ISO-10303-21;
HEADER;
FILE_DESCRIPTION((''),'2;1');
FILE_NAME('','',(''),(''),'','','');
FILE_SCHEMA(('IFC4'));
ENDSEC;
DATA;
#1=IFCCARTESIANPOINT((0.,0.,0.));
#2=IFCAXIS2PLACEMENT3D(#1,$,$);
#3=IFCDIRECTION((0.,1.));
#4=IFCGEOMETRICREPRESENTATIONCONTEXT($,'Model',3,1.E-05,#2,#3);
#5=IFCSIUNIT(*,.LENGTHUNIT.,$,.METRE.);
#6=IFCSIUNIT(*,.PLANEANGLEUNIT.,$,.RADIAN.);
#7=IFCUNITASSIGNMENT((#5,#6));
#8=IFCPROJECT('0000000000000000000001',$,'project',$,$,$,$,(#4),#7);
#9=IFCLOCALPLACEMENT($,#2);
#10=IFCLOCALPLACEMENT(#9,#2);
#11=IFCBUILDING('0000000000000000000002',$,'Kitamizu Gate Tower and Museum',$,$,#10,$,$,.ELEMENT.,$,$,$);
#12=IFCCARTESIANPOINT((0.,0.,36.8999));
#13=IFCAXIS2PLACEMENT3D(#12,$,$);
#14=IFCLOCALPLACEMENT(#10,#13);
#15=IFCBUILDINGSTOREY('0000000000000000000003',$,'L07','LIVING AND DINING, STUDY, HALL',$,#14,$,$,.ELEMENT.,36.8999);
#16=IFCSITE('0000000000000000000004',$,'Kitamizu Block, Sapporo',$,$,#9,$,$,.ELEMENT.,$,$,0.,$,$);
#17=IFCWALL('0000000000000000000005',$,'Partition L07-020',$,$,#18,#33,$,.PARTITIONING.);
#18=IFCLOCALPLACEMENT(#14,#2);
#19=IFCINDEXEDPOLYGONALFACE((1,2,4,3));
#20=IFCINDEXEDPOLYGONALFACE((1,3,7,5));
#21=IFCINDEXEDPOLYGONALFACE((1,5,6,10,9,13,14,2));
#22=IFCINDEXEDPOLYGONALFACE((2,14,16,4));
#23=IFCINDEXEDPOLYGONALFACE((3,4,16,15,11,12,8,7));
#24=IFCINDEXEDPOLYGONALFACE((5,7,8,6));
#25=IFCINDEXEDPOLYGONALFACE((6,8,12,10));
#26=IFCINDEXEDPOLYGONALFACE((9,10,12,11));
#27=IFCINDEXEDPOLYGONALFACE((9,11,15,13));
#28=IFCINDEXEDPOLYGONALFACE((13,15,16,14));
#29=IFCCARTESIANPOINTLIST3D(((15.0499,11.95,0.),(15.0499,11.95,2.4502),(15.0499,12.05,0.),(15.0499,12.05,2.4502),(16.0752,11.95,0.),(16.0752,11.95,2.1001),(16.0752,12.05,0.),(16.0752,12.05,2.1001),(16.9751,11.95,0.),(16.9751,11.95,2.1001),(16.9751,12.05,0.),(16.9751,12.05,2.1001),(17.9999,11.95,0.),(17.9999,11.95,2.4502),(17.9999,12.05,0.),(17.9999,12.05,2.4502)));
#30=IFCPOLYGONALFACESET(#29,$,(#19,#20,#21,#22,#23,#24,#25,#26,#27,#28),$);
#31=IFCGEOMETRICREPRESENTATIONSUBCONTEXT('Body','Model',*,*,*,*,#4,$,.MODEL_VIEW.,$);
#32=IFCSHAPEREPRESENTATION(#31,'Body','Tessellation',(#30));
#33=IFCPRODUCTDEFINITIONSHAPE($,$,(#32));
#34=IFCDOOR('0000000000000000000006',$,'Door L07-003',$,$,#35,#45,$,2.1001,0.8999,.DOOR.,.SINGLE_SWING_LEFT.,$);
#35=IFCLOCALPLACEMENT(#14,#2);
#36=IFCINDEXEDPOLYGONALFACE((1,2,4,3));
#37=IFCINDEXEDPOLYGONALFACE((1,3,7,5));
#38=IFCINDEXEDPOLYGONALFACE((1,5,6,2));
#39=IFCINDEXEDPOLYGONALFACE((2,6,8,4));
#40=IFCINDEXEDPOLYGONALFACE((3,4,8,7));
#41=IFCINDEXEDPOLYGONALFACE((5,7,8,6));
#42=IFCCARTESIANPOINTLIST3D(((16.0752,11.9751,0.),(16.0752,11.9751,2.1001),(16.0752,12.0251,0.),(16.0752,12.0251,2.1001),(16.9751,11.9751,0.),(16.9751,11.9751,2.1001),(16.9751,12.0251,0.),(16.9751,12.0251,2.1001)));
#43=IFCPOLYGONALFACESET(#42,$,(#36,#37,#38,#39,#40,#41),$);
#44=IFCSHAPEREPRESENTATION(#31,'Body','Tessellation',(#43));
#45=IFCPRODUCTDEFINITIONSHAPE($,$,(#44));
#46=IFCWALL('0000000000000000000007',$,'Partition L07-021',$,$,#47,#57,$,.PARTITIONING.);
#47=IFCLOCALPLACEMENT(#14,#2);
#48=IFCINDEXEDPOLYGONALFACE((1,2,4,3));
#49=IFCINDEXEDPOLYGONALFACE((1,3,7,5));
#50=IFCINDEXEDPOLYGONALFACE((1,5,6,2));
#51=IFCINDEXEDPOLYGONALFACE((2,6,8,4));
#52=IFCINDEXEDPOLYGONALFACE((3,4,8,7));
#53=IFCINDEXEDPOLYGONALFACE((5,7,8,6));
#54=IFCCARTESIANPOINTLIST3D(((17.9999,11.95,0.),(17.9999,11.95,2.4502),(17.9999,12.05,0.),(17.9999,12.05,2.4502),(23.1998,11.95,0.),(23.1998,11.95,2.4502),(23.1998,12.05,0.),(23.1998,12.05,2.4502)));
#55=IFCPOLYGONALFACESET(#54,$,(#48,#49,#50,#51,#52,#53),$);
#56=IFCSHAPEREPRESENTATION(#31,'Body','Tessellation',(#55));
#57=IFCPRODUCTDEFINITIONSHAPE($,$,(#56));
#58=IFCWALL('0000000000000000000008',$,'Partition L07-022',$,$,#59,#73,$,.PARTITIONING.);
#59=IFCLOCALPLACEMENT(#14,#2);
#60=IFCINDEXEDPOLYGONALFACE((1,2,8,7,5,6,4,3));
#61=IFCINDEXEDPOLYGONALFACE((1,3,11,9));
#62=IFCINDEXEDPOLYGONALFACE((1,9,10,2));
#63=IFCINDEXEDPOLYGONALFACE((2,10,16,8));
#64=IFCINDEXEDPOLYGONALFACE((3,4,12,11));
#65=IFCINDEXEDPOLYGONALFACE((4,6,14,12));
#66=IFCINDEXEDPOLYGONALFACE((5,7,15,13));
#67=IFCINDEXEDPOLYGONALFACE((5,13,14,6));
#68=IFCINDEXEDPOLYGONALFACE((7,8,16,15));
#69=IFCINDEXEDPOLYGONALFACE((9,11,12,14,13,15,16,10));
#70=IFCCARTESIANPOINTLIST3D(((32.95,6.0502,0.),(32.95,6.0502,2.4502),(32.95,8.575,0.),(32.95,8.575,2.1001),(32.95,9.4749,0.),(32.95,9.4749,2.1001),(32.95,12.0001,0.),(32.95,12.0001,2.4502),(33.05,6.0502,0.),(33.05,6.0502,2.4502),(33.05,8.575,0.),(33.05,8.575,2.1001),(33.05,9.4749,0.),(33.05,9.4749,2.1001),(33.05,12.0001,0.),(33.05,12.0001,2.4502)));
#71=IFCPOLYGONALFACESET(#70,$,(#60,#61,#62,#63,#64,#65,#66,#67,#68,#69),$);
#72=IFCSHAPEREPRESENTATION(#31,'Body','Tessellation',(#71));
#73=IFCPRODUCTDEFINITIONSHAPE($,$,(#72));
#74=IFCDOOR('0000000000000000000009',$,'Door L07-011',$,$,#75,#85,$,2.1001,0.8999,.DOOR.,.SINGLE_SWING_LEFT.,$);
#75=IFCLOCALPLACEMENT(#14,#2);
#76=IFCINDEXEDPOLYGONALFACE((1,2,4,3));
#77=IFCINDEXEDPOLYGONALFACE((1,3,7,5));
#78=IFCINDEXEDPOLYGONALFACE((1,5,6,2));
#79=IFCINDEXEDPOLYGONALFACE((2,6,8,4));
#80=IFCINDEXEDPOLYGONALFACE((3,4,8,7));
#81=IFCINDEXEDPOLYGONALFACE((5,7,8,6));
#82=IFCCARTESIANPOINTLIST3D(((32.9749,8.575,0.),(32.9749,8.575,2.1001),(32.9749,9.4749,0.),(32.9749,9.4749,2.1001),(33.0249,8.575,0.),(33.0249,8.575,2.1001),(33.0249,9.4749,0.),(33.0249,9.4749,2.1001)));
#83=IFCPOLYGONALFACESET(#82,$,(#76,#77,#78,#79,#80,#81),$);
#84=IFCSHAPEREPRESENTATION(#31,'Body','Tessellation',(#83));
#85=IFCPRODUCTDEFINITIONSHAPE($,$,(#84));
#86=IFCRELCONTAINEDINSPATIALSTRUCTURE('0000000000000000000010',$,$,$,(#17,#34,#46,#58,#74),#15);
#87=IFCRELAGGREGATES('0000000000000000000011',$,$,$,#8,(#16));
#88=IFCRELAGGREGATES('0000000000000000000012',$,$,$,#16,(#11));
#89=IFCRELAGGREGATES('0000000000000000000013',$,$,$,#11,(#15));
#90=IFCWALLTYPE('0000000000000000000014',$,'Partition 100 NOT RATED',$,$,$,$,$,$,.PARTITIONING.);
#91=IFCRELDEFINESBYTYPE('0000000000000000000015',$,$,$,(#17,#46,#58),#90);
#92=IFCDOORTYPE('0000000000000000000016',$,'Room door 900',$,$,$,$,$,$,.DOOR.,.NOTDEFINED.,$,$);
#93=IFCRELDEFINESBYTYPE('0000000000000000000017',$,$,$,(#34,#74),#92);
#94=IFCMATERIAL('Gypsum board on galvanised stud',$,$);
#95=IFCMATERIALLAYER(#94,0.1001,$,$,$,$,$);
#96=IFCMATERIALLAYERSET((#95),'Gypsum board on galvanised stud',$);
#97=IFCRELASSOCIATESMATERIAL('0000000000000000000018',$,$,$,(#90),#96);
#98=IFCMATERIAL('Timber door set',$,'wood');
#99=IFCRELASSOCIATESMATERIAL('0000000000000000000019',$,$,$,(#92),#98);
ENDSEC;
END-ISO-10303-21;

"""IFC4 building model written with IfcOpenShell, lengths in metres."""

from ifc_helpers import new_model, si_unit, direction, frame, frame_2d, origin, place, context, subcontext, project, spatial, rectangle, extrude, material, layer, layer_set, type_object, element, fill, save


model = new_model("IFC4")

# Units and contexts
model_context = context("Model", 3, precision=1e-05, world=origin(), true_north=direction((0.0, 1.0)))
body_context = subcontext(model_context, "Body", "Model", "MODEL_VIEW")
ifc_project = project(units=[si_unit("LENGTHUNIT", "METRE"), si_unit("PLANEANGLEUNIT", "RADIAN")], contexts=[model_context])

# Site, building, storey
site_placement = place(None, origin())
site = spatial("IfcSite", under=ifc_project, at=site_placement, Name="Kitamizu Block, Sapporo", CompositionType="ELEMENT", RefElevation=0.0)
building_placement = place(site_placement, origin())
building = spatial("IfcBuilding", under=site, at=building_placement, Name="Kitamizu Gate Tower and Museum", CompositionType="ELEMENT")
storey_placement = place(building_placement, frame((0.0, 0.0, 36.8999)))
storey = spatial("IfcBuildingStorey", under=building, at=storey_placement, Name="L07", Description="LIVING AND DINING, STUDY, HALL", CompositionType="ELEMENT", Elevation=36.8999)

# Shared definitions
ifc_material_1 = material(Name="Gypsum board on galvanised stud")
ifc_layer = layer(ifc_material_1, 0.1001)
ifc_layer_set = layer_set([ifc_layer], Name="Gypsum board on galvanised stud")
wall_type = type_object("IfcWallType", Name="Partition 100 NOT RATED", PredefinedType="PARTITIONING", material=ifc_layer_set)

# Shared definitions
ifc_material_2 = material(Name="Timber door set", Category="wood")
door_type = type_object("IfcDoorType", Name="Room door 900", OperationType="NOTDEFINED", PredefinedType="DOOR", material=ifc_material_2)

# Wall, opening, door
wall_1_placement = place(storey_placement, frame((18.0, 12.0, 0.0), z_axis=(0.0, 0.0, 1.0), x_axis=(-1.0, 0.0, 0.0)))
wall_1 = element("IfcWall", 1, at=wall_1_placement, inside=storey, type_object=wall_type, Name="Partition L07-020", PredefinedType="PARTITIONING", context=body_context, shape_type="SweptSolid", body=[
    extrude(rectangle(XDim=2.95, YDim=0.1001, at=frame_2d((1.4751, 0.0))), origin(), (0.0, 0.0, 1.0), 2.4502),
])
opening_1_placement = place(wall_1_placement, frame((1.0249, 0.0, 0.0)))
opening_1 = element("IfcOpeningElement", 2, at=opening_1_placement, cuts=wall_1, PredefinedType="OPENING", context=body_context, shape_type="SweptSolid", body=[
    extrude(rectangle(XDim=0.8999, YDim=2.1001, at=frame_2d((0.45, 1.05))), frame((0.0, 0.0601, 0.0), z_axis=(0.0, -1.0, 0.0), x_axis=(1.0, 0.0, 0.0)), (0.0, 0.0, 1.0), 0.1201),
])
door_1_placement = place(opening_1_placement, origin())
door_1 = element("IfcDoor", 3, at=door_1_placement, inside=storey, type_object=door_type, Name="Door L07-003", OperationType="SINGLE_SWING_LEFT", OverallHeight=2.1001, OverallWidth=0.8999, PredefinedType="DOOR", context=body_context, shape_type="SweptSolid", body=[
    extrude(rectangle(XDim=0.8999, YDim=2.1001, at=frame_2d((0.45, 1.05))), frame((0.0, 0.0249, 0.0), z_axis=(0.0, -1.0, 0.0), x_axis=(1.0, 0.0, 0.0)), (0.0, 0.0, 1.0), 0.05),
])
fill(opening_1, door_1)

# Wall
wall_2_placement = place(storey_placement, frame((23.2, 12.0, 0.0), z_axis=(0.0, 0.0, 1.0), x_axis=(-1.0, 0.0, 0.0)))
element("IfcWall", 4, at=wall_2_placement, inside=storey, type_object=wall_type, Name="Partition L07-021", PredefinedType="PARTITIONING", context=body_context, shape_type="SweptSolid", body=[
    extrude(rectangle(XDim=5.2, YDim=0.1001, at=frame_2d((2.6001, 0.0))), origin(), (0.0, 0.0, 1.0), 2.4502),
])

# Wall, opening, door
wall_3_placement = place(storey_placement, frame((33.0, 6.05, 0.0), z_axis=(0.0, 0.0, 1.0), x_axis=(0.0, 1.0, 0.0)))
wall_3 = element("IfcWall", 5, at=wall_3_placement, inside=storey, type_object=wall_type, Name="Partition L07-022", PredefinedType="PARTITIONING", context=body_context, shape_type="SweptSolid", body=[
    extrude(rectangle(XDim=5.95, YDim=0.1001, at=frame_2d((2.9751, 0.0))), origin(), (0.0, 0.0, 1.0), 2.4502),
])
opening_2_placement = place(wall_3_placement, frame((2.5249, 0.0, 0.0)))
opening_2 = element("IfcOpeningElement", 6, at=opening_2_placement, cuts=wall_3, PredefinedType="OPENING", context=body_context, shape_type="SweptSolid", body=[
    extrude(rectangle(XDim=0.8999, YDim=2.1001, at=frame_2d((0.45, 1.05))), frame((0.0, 0.0601, 0.0), z_axis=(0.0, -1.0, 0.0), x_axis=(1.0, 0.0, 0.0)), (0.0, 0.0, 1.0), 0.1201),
])
door_2_placement = place(opening_2_placement, frame((0.8999, 0.0, 0.0), x_axis=(-1.0, 0.0, 0.0)))
door_2 = element("IfcDoor", 7, at=door_2_placement, inside=storey, type_object=door_type, Name="Door L07-011", OperationType="SINGLE_SWING_LEFT", OverallHeight=2.1001, OverallWidth=0.8999, PredefinedType="DOOR", context=body_context, shape_type="SweptSolid", body=[
    extrude(rectangle(XDim=0.8999, YDim=2.1001, at=frame_2d((0.45, 1.05))), frame((0.0, 0.0249, 0.0), z_axis=(0.0, -1.0, 0.0), x_axis=(1.0, 0.0, 0.0)), (0.0, 0.0, 1.0), 0.05),
])
fill(opening_2, door_2)

save(model, "model.ifc")
